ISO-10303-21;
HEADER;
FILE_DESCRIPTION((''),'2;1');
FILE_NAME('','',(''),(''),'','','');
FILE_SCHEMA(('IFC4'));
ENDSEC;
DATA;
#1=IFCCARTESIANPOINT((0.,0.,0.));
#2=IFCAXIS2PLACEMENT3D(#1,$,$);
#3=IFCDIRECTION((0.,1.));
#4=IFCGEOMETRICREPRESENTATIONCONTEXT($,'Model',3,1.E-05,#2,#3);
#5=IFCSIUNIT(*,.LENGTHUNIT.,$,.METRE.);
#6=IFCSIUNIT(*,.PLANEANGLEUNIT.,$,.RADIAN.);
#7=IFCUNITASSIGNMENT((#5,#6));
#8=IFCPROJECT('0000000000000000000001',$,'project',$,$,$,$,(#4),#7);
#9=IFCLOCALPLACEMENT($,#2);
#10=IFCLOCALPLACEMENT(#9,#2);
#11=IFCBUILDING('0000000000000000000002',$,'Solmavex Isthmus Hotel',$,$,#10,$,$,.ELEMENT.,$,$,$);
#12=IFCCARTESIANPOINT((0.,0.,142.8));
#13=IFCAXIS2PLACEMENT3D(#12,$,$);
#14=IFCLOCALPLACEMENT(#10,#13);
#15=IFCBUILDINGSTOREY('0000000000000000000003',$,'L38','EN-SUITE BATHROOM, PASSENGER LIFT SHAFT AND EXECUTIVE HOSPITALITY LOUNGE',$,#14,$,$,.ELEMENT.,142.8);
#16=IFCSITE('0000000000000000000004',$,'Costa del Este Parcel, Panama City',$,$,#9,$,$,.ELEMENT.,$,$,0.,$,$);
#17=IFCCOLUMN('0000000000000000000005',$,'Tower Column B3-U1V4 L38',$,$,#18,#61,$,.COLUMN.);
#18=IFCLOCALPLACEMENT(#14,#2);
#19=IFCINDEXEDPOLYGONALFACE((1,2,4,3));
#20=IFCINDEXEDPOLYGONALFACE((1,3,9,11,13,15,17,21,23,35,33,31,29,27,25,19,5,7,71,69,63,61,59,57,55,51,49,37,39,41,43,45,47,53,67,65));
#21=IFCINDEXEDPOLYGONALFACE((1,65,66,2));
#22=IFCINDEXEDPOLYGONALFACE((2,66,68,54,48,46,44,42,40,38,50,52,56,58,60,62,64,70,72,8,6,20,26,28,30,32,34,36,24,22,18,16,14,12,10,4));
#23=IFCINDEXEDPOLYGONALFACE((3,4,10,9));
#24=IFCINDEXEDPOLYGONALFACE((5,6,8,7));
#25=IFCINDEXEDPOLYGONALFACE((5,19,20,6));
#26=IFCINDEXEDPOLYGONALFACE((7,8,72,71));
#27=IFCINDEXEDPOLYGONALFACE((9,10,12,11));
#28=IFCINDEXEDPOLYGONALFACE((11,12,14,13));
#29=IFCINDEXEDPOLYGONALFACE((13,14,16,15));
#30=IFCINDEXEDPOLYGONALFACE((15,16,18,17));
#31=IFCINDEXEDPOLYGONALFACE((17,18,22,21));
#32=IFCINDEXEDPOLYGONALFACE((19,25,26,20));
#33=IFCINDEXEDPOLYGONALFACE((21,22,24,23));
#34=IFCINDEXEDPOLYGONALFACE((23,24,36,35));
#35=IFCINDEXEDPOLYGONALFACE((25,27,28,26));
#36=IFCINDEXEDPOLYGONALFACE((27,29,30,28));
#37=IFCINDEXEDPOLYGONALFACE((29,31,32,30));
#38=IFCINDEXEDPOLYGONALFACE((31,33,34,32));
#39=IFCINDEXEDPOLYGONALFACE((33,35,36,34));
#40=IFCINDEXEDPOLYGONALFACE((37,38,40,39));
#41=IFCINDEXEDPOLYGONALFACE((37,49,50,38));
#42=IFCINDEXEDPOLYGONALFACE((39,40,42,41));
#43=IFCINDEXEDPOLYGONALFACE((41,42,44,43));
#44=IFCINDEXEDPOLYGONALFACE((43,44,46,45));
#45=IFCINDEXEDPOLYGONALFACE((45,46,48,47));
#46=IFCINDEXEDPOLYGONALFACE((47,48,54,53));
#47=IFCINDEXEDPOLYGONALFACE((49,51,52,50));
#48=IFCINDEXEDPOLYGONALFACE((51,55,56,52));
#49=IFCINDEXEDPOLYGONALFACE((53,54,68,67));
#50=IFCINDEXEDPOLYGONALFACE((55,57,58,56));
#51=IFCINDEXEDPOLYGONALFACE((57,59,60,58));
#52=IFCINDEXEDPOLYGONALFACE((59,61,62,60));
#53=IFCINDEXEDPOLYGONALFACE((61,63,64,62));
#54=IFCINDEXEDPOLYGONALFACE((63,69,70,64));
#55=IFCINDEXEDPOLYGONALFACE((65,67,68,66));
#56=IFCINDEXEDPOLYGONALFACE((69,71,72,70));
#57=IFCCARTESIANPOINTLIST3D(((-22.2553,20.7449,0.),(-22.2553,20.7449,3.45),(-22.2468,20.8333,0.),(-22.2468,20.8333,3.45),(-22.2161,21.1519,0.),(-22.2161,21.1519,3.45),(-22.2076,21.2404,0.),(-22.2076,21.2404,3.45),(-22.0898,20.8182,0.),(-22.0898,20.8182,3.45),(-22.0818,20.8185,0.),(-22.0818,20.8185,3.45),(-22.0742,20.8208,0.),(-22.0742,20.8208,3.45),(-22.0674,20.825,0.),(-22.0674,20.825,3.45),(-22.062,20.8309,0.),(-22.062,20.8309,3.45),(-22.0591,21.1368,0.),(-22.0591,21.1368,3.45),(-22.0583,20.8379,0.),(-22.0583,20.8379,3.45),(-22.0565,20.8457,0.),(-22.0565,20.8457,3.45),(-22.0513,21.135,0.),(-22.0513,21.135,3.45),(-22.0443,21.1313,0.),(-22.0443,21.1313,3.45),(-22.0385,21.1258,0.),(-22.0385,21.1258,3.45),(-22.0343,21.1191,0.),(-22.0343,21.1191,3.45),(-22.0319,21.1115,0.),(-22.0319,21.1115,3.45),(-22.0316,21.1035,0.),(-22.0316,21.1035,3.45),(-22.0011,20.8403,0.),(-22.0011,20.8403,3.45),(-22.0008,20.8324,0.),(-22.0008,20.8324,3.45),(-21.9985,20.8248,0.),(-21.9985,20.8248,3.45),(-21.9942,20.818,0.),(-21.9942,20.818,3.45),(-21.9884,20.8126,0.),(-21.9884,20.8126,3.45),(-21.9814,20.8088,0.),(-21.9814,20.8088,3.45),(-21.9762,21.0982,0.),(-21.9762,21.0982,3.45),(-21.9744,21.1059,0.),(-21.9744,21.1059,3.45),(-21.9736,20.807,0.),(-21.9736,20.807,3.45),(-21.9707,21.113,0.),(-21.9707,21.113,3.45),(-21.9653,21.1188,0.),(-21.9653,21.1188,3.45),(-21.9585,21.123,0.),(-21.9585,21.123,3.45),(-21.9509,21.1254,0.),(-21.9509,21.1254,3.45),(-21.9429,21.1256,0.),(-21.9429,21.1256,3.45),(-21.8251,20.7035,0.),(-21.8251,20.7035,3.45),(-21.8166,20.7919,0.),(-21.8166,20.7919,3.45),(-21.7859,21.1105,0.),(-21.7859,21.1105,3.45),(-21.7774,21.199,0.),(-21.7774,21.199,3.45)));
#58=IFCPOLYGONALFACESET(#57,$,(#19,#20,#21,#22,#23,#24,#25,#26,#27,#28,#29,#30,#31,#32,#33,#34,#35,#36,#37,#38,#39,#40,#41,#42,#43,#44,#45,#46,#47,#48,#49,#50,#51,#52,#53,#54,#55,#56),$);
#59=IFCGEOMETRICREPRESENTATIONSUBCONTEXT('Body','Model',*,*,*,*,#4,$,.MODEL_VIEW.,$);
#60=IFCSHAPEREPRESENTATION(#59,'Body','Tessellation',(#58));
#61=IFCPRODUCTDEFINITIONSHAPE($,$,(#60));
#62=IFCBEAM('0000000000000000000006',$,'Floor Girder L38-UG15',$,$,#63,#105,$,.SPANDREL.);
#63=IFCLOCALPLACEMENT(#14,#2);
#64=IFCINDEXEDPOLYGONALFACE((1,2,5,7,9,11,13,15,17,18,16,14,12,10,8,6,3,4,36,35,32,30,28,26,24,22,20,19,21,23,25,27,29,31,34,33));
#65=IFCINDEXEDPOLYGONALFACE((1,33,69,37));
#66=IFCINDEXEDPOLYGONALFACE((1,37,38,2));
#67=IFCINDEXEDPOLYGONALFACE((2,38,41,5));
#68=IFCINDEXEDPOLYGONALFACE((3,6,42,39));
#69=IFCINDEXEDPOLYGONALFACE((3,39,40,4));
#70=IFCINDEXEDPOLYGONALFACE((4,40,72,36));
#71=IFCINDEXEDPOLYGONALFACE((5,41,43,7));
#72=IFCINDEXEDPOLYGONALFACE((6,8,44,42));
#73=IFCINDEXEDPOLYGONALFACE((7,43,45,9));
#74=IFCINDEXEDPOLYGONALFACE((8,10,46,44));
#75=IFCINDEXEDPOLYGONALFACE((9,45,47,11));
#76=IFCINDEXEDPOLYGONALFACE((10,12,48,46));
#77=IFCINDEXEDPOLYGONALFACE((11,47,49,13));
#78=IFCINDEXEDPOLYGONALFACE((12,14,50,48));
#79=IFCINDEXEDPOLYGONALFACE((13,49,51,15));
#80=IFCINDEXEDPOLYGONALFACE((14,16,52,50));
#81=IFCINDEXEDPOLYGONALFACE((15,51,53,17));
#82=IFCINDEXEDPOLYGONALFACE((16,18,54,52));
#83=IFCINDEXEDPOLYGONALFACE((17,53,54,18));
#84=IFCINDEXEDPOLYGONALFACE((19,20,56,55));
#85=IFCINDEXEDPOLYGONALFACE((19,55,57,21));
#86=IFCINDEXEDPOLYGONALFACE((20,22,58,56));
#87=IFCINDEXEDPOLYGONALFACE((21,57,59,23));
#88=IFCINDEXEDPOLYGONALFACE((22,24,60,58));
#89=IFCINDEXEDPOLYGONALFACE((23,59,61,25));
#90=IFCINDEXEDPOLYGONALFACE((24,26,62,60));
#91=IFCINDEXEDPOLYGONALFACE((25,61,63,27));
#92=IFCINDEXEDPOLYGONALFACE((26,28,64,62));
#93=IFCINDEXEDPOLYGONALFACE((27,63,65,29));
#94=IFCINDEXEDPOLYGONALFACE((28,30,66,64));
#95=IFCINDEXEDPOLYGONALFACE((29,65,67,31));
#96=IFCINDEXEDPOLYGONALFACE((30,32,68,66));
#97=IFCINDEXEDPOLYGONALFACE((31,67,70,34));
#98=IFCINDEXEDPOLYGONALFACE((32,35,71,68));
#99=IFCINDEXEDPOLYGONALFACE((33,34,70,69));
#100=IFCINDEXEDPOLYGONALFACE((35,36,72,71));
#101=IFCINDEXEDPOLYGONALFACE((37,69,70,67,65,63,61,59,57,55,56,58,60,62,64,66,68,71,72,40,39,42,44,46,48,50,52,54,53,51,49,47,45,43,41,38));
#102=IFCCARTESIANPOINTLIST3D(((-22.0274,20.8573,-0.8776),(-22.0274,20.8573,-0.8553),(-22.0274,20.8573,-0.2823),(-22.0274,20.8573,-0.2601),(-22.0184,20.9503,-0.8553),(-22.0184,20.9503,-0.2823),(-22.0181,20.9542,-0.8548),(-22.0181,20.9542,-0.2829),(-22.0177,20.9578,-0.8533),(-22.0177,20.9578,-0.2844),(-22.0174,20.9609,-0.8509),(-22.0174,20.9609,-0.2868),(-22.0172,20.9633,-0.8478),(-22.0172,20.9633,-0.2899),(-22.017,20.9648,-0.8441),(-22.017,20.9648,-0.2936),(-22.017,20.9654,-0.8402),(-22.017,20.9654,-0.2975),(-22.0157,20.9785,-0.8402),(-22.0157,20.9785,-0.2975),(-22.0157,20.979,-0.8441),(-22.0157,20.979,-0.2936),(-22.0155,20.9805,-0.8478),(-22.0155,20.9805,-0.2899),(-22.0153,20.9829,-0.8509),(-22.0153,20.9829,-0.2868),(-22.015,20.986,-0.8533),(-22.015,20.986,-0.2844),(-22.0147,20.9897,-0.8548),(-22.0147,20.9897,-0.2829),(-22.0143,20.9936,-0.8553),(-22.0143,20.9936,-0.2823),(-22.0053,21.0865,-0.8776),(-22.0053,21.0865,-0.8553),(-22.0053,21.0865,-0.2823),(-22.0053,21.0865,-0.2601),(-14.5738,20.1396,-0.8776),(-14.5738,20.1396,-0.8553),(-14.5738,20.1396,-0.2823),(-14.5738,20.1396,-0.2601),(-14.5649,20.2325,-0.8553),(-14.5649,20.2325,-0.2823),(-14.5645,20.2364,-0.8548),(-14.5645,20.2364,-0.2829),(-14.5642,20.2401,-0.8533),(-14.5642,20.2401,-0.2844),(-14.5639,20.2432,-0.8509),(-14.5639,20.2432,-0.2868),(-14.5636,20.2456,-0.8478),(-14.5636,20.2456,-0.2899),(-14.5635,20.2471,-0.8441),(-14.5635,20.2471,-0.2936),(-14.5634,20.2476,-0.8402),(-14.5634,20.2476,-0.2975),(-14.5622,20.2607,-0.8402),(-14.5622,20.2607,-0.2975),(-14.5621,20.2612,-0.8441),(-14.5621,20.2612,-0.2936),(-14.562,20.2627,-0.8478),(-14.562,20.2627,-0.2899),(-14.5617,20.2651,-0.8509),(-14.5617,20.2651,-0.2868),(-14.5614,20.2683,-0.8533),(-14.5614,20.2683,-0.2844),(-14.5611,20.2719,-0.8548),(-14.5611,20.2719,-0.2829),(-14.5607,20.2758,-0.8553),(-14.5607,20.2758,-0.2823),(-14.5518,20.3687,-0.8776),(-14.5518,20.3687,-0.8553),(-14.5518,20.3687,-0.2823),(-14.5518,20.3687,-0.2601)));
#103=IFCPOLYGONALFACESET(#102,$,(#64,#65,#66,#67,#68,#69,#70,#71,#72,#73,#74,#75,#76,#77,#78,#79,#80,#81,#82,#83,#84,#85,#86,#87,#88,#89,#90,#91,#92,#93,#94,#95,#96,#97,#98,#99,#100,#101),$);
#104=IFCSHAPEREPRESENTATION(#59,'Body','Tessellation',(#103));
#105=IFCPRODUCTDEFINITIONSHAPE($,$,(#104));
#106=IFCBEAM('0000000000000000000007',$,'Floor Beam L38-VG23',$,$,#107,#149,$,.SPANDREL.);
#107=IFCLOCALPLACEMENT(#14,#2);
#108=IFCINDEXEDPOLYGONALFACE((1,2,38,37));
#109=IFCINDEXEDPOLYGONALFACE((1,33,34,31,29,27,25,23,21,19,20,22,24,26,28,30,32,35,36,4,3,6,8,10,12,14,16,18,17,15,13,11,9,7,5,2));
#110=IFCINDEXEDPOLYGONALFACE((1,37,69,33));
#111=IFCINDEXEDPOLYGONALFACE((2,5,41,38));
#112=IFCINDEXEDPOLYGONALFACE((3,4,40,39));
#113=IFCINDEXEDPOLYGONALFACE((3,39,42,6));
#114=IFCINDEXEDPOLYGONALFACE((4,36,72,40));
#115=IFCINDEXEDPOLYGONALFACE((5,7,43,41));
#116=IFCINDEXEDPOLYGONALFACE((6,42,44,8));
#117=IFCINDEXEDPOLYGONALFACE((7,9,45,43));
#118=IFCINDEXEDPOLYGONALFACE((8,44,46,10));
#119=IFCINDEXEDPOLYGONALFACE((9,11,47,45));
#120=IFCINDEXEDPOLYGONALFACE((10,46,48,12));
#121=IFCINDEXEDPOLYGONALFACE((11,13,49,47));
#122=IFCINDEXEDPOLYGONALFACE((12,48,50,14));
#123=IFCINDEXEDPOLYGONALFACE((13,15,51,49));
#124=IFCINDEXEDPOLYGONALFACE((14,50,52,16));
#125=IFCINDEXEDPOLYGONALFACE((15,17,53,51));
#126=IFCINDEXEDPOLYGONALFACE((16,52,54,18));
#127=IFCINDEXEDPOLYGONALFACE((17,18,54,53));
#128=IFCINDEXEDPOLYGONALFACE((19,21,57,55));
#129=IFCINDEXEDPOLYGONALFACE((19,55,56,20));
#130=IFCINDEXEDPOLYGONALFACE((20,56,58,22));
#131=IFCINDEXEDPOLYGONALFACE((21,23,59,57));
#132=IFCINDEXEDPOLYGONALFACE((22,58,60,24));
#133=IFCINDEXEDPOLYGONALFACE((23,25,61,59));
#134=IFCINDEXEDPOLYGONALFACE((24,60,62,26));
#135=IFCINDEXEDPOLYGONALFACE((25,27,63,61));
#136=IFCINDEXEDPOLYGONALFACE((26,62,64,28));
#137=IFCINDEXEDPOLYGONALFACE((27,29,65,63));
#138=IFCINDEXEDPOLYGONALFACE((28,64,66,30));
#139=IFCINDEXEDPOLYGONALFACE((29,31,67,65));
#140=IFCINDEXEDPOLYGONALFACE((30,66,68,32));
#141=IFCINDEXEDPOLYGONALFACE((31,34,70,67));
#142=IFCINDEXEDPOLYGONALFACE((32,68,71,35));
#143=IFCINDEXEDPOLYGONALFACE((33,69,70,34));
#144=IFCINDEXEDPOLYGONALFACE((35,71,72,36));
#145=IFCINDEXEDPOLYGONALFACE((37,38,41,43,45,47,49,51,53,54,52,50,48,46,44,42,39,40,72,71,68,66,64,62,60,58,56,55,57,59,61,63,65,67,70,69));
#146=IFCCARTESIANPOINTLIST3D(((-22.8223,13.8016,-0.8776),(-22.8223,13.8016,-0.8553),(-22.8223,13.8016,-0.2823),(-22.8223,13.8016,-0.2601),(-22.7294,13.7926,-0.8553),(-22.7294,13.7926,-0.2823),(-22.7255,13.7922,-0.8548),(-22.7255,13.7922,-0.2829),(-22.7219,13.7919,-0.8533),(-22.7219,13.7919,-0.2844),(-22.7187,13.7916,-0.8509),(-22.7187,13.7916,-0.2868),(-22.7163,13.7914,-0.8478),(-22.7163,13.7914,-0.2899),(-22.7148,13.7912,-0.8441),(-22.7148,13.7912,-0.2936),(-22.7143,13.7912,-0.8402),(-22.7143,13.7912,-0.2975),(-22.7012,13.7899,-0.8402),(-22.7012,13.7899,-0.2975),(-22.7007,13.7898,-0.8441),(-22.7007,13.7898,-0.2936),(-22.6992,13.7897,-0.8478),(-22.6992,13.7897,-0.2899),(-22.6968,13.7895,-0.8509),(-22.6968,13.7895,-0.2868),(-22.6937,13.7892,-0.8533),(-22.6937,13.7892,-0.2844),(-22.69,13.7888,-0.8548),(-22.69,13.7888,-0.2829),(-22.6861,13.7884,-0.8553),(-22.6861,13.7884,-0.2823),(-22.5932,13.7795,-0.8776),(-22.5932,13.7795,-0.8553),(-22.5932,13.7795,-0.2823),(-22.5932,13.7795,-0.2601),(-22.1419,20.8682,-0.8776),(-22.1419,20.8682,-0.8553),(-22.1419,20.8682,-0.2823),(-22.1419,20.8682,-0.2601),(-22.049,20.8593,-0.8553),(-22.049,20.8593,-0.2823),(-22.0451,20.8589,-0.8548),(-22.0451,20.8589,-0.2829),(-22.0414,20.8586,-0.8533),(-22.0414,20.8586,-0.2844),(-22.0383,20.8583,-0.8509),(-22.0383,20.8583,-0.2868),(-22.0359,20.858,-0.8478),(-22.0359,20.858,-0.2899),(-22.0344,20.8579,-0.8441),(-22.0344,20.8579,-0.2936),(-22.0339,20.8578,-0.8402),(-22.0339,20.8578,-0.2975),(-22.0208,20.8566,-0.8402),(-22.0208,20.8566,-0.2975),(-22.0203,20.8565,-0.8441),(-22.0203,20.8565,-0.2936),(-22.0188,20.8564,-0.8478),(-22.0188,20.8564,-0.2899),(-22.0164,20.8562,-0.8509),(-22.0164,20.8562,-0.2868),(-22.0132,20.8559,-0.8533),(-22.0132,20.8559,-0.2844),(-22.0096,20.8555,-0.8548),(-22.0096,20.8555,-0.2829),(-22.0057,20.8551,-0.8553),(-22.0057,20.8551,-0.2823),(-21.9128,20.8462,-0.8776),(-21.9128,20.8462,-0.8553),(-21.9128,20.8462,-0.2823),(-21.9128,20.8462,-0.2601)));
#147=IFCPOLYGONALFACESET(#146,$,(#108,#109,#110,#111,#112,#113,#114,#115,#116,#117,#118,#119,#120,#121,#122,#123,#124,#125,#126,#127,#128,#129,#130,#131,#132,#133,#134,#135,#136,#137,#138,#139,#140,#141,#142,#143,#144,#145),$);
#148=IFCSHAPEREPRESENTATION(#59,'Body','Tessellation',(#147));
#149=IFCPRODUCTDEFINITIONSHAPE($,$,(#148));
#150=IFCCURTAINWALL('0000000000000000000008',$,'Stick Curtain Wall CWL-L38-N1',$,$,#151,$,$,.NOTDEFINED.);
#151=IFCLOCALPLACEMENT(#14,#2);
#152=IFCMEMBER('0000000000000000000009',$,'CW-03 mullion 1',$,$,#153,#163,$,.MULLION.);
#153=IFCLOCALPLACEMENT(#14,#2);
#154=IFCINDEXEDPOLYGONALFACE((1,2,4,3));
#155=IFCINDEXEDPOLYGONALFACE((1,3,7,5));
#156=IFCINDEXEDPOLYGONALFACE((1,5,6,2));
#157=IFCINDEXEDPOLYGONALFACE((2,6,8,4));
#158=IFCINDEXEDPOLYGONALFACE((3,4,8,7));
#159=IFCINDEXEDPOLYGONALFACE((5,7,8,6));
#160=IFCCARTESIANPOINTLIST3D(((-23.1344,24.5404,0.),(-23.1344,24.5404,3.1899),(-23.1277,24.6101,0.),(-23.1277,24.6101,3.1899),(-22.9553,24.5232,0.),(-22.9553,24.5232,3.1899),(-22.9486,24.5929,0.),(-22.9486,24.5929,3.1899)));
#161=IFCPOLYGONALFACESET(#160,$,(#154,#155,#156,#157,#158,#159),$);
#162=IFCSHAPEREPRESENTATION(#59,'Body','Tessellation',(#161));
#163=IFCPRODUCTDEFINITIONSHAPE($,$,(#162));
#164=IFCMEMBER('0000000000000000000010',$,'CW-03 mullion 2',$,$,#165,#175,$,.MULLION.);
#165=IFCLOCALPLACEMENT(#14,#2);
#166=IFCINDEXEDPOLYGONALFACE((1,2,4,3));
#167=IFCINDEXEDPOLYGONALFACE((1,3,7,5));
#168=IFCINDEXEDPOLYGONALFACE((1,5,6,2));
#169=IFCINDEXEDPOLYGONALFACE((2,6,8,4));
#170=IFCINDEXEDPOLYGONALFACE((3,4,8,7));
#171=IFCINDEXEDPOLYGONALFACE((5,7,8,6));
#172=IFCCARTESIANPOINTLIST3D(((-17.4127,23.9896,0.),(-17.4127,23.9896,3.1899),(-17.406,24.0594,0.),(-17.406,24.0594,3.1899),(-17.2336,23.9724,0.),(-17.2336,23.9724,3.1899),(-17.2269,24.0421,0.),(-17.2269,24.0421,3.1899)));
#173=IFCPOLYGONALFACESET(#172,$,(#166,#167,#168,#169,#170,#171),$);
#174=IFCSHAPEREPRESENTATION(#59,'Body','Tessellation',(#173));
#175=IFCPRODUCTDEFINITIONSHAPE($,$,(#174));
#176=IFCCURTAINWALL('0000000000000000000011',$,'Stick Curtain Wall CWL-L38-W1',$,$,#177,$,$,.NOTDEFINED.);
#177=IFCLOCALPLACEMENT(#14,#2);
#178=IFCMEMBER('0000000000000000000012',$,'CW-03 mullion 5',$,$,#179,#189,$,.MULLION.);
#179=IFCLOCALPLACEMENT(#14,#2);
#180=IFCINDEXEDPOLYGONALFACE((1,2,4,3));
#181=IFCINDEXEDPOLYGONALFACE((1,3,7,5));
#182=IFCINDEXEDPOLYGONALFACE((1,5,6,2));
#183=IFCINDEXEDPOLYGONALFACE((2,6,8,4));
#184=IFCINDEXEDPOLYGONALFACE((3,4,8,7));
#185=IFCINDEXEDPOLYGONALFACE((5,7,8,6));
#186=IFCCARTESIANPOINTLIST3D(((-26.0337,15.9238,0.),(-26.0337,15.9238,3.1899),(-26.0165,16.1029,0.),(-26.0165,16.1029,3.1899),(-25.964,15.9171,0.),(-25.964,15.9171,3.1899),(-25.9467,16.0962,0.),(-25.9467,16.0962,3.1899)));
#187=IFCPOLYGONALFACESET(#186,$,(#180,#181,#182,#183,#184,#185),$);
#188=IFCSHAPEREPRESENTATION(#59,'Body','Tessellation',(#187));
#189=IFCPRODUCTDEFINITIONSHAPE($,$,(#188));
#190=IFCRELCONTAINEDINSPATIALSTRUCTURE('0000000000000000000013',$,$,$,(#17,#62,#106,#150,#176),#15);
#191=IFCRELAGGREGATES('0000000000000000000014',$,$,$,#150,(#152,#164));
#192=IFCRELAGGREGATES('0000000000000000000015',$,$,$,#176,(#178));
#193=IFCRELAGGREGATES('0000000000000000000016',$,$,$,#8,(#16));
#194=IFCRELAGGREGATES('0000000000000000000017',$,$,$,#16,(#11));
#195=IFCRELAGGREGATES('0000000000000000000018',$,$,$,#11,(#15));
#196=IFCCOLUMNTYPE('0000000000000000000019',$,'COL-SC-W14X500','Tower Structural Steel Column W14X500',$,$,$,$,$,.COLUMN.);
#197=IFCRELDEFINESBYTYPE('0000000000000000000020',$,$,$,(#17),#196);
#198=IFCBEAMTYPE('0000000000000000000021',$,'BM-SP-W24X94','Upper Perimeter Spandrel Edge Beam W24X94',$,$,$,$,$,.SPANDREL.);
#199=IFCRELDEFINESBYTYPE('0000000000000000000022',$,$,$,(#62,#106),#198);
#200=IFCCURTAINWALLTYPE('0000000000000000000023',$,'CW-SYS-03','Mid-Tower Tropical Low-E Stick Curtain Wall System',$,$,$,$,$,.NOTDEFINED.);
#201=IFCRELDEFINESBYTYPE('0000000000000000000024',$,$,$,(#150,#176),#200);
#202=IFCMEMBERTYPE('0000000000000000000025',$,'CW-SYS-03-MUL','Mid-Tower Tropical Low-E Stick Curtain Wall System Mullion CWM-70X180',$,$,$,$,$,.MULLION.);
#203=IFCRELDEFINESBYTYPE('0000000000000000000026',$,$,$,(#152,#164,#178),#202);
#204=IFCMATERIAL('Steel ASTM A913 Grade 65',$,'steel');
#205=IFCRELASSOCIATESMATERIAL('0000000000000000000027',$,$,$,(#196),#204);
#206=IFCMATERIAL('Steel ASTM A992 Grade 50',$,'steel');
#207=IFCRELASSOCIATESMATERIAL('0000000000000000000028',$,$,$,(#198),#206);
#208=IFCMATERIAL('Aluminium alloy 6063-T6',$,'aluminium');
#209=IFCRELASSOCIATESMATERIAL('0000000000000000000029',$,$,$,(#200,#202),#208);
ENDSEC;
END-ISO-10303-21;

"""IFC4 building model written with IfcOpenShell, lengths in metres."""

from ifc_helpers import new_model, si_unit, direction, frame, origin, origin_2d, place, context, subcontext, project, spatial, rectangle, i_section, extrude, material, material_profile, profile_set, type_object, element, aggregate, save


model = new_model("IFC4")

# Units and contexts
model_context = context("Model", 3, precision=1e-05, world=origin(), true_north=direction((0.0, 1.0)))
body_context = subcontext(model_context, "Body", "Model", "MODEL_VIEW")
ifc_project = project(units=[si_unit("LENGTHUNIT", "METRE"), si_unit("PLANEANGLEUNIT", "RADIAN")], contexts=[model_context])

# Site, building, storey
site_placement = place(None, origin())
site = spatial("IfcSite", under=ifc_project, at=site_placement, Name="Costa del Este Parcel, Panama City", CompositionType="ELEMENT", RefElevation=0.0)
building_placement = place(site_placement, origin())
building = spatial("IfcBuilding", under=site, at=building_placement, Name="Solmavex Isthmus Hotel", CompositionType="ELEMENT")
storey_placement = place(building_placement, frame((0.0, 0.0, 142.8)))
storey = spatial("IfcBuildingStorey", under=building, at=storey_placement, Name="L38", Description="EN-SUITE BATHROOM, PASSENGER LIFT SHAFT AND EXECUTIVE HOSPITALITY LOUNGE", CompositionType="ELEMENT", Elevation=142.8)

# Column
ifc_material_1 = material(Name="Steel ASTM A913 Grade 65", Category="steel")
ifc_material_profile_1 = material_profile(ifc_material_1, i_section(OverallWidth=0.4321, OverallDepth=0.4978, WebThickness=0.0557, FlangeThickness=0.0889, FilletRadius=0.0305, at=origin_2d()), Name="W14X500")
ifc_profile_set_1 = profile_set([ifc_material_profile_1], Name="Steel ASTM A913 Grade 65")
column_type = type_object("IfcColumnType", Name="COL-SC-W14X500", Description="Tower Structural Steel Column W14X500", PredefinedType="COLUMN", material=ifc_profile_set_1)
column_placement = place(storey_placement, frame((-22.0164, 20.9719, 0.0), z_axis=(0.0, 0.0, 1.0), x_axis=(0.995396, -0.095846, 0.0)))
element("IfcColumn", 1, at=column_placement, inside=storey, type_object=column_type, Name="Tower Column B3-U1V4 L38", PredefinedType="COLUMN", context=body_context, shape_type="SweptSolid", body=[
    extrude(i_section(OverallWidth=0.4321, OverallDepth=0.4978, WebThickness=0.0557, FlangeThickness=0.0889, FilletRadius=0.0305, at=origin_2d()), origin(), (0.0, 0.0, 1.0), 3.45),
])

# Beams
ifc_material_2 = material(Name="Steel ASTM A992 Grade 50", Category="steel")
ifc_material_profile_2 = material_profile(ifc_material_2, i_section(OverallWidth=0.2302, OverallDepth=0.6174, WebThickness=0.0132, FlangeThickness=0.0222, FilletRadius=0.0151, at=origin_2d()), Name="W24X94")
ifc_profile_set_2 = profile_set([ifc_material_profile_2], Name="Steel ASTM A992 Grade 50")
beam_type = type_object("IfcBeamType", Name="BM-SP-W24X94", Description="Upper Perimeter Spandrel Edge Beam W24X94", PredefinedType="SPANDREL", material=ifc_profile_set_2)
beam_1_placement = place(storey_placement, frame((-22.0164, 20.9719, -0.5688), z_axis=(0.995395, -0.095855, 0.0), x_axis=(0.095855, 0.995395, 0.0)))
element("IfcBeam", 2, at=beam_1_placement, inside=storey, type_object=beam_type, Name="Floor Girder L38-UG15", PredefinedType="SPANDREL", context=body_context, shape_type="SweptSolid", body=[
    extrude(i_section(OverallWidth=0.2302, OverallDepth=0.6174, WebThickness=0.0132, FlangeThickness=0.0222, FilletRadius=0.0151, at=origin_2d()), origin(), (0.0, 0.0, 1.0), 7.488),
])
beam_2_placement = place(storey_placement, frame((-22.7078, 13.7905, -0.5688), z_axis=(0.095843, 0.995396, 0.0), x_axis=(-0.995396, 0.095843, 0.0)))
element("IfcBeam", 3, at=beam_2_placement, inside=storey, type_object=beam_type, Name="Floor Beam L38-VG23", PredefinedType="SPANDREL", context=body_context, shape_type="SweptSolid", body=[
    extrude(i_section(OverallWidth=0.2302, OverallDepth=0.6174, WebThickness=0.0132, FlangeThickness=0.0222, FilletRadius=0.0151, at=origin_2d()), origin(), (0.0, 0.0, 1.0), 7.0994),
])

# Curtain walls, members
ifc_material_3 = material(Name="Aluminium alloy 6063-T6", Category="aluminium")
curtain_wall_type = type_object("IfcCurtainWallType", Name="CW-SYS-03", Description="Mid-Tower Tropical Low-E Stick Curtain Wall System", PredefinedType="NOTDEFINED", material=ifc_material_3)
curtain_wall_1_placement = place(storey_placement, origin())
curtain_wall_1 = element("IfcCurtainWall", 4, at=curtain_wall_1_placement, inside=storey, type_object=curtain_wall_type, Name="Stick Curtain Wall CWL-L38-N1", PredefinedType="NOTDEFINED")
ifc_material_profile_3 = material_profile(ifc_material_3, rectangle(XDim=0.0701, YDim=0.1799, at=origin_2d()), Name="CWM-70X180")
ifc_profile_set_3 = profile_set([ifc_material_profile_3], Name="Aluminium alloy 6063-T6")
member_type_1 = type_object("IfcMemberType", Name="CW-SYS-03-MUL", Description="Mid-Tower Tropical Low-E Stick Curtain Wall System Mullion CWM-70X180", PredefinedType="MULLION", material=ifc_profile_set_3)
member_1_placement = place(storey_placement, frame((-23.0415, 24.5667, 0.0), z_axis=(0.0, 0.0, 1.0), x_axis=(0.095846, 0.995396, 0.0)))
member_1 = element("IfcMember", 5, at=member_1_placement, type_object=member_type_1, Name="CW-03 mullion 1", PredefinedType="MULLION", context=body_context, shape_type="SweptSolid", body=[
    extrude(rectangle(XDim=0.0701, YDim=0.1799, at=origin_2d()), origin(), (0.0, 0.0, 1.0), 3.1899),
])
member_2_placement = place(storey_placement, frame((-17.3198, 24.0159, 0.0), z_axis=(0.0, 0.0, 1.0), x_axis=(0.095846, 0.995396, 0.0)))
member_2 = element("IfcMember", 6, at=member_2_placement, type_object=member_type_1, Name="CW-03 mullion 2", PredefinedType="MULLION", context=body_context, shape_type="SweptSolid", body=[
    extrude(rectangle(XDim=0.0701, YDim=0.1799, at=origin_2d()), origin(), (0.0, 0.0, 1.0), 3.1899),
])
curtain_wall_2_placement = place(storey_placement, origin())
curtain_wall_2 = element("IfcCurtainWall", 7, at=curtain_wall_2_placement, inside=storey, type_object=curtain_wall_type, Name="Stick Curtain Wall CWL-L38-W1", PredefinedType="NOTDEFINED")
member_3_placement = place(storey_placement, frame((-25.9902, 16.01, 0.0), z_axis=(0.0, 0.0, 1.0), x_axis=(-0.995396, 0.095846, 0.0)))
member_3 = element("IfcMember", 8, at=member_3_placement, type_object=member_type_1, Name="CW-03 mullion 5", PredefinedType="MULLION", context=body_context, shape_type="SweptSolid", body=[
    extrude(rectangle(XDim=0.0701, YDim=0.1799, at=origin_2d()), origin(), (0.0, 0.0, 1.0), 3.1899),
])

aggregate(curtain_wall_1, [member_1, member_2])
aggregate(curtain_wall_2, [member_3])

save(model, "model.ifc")
